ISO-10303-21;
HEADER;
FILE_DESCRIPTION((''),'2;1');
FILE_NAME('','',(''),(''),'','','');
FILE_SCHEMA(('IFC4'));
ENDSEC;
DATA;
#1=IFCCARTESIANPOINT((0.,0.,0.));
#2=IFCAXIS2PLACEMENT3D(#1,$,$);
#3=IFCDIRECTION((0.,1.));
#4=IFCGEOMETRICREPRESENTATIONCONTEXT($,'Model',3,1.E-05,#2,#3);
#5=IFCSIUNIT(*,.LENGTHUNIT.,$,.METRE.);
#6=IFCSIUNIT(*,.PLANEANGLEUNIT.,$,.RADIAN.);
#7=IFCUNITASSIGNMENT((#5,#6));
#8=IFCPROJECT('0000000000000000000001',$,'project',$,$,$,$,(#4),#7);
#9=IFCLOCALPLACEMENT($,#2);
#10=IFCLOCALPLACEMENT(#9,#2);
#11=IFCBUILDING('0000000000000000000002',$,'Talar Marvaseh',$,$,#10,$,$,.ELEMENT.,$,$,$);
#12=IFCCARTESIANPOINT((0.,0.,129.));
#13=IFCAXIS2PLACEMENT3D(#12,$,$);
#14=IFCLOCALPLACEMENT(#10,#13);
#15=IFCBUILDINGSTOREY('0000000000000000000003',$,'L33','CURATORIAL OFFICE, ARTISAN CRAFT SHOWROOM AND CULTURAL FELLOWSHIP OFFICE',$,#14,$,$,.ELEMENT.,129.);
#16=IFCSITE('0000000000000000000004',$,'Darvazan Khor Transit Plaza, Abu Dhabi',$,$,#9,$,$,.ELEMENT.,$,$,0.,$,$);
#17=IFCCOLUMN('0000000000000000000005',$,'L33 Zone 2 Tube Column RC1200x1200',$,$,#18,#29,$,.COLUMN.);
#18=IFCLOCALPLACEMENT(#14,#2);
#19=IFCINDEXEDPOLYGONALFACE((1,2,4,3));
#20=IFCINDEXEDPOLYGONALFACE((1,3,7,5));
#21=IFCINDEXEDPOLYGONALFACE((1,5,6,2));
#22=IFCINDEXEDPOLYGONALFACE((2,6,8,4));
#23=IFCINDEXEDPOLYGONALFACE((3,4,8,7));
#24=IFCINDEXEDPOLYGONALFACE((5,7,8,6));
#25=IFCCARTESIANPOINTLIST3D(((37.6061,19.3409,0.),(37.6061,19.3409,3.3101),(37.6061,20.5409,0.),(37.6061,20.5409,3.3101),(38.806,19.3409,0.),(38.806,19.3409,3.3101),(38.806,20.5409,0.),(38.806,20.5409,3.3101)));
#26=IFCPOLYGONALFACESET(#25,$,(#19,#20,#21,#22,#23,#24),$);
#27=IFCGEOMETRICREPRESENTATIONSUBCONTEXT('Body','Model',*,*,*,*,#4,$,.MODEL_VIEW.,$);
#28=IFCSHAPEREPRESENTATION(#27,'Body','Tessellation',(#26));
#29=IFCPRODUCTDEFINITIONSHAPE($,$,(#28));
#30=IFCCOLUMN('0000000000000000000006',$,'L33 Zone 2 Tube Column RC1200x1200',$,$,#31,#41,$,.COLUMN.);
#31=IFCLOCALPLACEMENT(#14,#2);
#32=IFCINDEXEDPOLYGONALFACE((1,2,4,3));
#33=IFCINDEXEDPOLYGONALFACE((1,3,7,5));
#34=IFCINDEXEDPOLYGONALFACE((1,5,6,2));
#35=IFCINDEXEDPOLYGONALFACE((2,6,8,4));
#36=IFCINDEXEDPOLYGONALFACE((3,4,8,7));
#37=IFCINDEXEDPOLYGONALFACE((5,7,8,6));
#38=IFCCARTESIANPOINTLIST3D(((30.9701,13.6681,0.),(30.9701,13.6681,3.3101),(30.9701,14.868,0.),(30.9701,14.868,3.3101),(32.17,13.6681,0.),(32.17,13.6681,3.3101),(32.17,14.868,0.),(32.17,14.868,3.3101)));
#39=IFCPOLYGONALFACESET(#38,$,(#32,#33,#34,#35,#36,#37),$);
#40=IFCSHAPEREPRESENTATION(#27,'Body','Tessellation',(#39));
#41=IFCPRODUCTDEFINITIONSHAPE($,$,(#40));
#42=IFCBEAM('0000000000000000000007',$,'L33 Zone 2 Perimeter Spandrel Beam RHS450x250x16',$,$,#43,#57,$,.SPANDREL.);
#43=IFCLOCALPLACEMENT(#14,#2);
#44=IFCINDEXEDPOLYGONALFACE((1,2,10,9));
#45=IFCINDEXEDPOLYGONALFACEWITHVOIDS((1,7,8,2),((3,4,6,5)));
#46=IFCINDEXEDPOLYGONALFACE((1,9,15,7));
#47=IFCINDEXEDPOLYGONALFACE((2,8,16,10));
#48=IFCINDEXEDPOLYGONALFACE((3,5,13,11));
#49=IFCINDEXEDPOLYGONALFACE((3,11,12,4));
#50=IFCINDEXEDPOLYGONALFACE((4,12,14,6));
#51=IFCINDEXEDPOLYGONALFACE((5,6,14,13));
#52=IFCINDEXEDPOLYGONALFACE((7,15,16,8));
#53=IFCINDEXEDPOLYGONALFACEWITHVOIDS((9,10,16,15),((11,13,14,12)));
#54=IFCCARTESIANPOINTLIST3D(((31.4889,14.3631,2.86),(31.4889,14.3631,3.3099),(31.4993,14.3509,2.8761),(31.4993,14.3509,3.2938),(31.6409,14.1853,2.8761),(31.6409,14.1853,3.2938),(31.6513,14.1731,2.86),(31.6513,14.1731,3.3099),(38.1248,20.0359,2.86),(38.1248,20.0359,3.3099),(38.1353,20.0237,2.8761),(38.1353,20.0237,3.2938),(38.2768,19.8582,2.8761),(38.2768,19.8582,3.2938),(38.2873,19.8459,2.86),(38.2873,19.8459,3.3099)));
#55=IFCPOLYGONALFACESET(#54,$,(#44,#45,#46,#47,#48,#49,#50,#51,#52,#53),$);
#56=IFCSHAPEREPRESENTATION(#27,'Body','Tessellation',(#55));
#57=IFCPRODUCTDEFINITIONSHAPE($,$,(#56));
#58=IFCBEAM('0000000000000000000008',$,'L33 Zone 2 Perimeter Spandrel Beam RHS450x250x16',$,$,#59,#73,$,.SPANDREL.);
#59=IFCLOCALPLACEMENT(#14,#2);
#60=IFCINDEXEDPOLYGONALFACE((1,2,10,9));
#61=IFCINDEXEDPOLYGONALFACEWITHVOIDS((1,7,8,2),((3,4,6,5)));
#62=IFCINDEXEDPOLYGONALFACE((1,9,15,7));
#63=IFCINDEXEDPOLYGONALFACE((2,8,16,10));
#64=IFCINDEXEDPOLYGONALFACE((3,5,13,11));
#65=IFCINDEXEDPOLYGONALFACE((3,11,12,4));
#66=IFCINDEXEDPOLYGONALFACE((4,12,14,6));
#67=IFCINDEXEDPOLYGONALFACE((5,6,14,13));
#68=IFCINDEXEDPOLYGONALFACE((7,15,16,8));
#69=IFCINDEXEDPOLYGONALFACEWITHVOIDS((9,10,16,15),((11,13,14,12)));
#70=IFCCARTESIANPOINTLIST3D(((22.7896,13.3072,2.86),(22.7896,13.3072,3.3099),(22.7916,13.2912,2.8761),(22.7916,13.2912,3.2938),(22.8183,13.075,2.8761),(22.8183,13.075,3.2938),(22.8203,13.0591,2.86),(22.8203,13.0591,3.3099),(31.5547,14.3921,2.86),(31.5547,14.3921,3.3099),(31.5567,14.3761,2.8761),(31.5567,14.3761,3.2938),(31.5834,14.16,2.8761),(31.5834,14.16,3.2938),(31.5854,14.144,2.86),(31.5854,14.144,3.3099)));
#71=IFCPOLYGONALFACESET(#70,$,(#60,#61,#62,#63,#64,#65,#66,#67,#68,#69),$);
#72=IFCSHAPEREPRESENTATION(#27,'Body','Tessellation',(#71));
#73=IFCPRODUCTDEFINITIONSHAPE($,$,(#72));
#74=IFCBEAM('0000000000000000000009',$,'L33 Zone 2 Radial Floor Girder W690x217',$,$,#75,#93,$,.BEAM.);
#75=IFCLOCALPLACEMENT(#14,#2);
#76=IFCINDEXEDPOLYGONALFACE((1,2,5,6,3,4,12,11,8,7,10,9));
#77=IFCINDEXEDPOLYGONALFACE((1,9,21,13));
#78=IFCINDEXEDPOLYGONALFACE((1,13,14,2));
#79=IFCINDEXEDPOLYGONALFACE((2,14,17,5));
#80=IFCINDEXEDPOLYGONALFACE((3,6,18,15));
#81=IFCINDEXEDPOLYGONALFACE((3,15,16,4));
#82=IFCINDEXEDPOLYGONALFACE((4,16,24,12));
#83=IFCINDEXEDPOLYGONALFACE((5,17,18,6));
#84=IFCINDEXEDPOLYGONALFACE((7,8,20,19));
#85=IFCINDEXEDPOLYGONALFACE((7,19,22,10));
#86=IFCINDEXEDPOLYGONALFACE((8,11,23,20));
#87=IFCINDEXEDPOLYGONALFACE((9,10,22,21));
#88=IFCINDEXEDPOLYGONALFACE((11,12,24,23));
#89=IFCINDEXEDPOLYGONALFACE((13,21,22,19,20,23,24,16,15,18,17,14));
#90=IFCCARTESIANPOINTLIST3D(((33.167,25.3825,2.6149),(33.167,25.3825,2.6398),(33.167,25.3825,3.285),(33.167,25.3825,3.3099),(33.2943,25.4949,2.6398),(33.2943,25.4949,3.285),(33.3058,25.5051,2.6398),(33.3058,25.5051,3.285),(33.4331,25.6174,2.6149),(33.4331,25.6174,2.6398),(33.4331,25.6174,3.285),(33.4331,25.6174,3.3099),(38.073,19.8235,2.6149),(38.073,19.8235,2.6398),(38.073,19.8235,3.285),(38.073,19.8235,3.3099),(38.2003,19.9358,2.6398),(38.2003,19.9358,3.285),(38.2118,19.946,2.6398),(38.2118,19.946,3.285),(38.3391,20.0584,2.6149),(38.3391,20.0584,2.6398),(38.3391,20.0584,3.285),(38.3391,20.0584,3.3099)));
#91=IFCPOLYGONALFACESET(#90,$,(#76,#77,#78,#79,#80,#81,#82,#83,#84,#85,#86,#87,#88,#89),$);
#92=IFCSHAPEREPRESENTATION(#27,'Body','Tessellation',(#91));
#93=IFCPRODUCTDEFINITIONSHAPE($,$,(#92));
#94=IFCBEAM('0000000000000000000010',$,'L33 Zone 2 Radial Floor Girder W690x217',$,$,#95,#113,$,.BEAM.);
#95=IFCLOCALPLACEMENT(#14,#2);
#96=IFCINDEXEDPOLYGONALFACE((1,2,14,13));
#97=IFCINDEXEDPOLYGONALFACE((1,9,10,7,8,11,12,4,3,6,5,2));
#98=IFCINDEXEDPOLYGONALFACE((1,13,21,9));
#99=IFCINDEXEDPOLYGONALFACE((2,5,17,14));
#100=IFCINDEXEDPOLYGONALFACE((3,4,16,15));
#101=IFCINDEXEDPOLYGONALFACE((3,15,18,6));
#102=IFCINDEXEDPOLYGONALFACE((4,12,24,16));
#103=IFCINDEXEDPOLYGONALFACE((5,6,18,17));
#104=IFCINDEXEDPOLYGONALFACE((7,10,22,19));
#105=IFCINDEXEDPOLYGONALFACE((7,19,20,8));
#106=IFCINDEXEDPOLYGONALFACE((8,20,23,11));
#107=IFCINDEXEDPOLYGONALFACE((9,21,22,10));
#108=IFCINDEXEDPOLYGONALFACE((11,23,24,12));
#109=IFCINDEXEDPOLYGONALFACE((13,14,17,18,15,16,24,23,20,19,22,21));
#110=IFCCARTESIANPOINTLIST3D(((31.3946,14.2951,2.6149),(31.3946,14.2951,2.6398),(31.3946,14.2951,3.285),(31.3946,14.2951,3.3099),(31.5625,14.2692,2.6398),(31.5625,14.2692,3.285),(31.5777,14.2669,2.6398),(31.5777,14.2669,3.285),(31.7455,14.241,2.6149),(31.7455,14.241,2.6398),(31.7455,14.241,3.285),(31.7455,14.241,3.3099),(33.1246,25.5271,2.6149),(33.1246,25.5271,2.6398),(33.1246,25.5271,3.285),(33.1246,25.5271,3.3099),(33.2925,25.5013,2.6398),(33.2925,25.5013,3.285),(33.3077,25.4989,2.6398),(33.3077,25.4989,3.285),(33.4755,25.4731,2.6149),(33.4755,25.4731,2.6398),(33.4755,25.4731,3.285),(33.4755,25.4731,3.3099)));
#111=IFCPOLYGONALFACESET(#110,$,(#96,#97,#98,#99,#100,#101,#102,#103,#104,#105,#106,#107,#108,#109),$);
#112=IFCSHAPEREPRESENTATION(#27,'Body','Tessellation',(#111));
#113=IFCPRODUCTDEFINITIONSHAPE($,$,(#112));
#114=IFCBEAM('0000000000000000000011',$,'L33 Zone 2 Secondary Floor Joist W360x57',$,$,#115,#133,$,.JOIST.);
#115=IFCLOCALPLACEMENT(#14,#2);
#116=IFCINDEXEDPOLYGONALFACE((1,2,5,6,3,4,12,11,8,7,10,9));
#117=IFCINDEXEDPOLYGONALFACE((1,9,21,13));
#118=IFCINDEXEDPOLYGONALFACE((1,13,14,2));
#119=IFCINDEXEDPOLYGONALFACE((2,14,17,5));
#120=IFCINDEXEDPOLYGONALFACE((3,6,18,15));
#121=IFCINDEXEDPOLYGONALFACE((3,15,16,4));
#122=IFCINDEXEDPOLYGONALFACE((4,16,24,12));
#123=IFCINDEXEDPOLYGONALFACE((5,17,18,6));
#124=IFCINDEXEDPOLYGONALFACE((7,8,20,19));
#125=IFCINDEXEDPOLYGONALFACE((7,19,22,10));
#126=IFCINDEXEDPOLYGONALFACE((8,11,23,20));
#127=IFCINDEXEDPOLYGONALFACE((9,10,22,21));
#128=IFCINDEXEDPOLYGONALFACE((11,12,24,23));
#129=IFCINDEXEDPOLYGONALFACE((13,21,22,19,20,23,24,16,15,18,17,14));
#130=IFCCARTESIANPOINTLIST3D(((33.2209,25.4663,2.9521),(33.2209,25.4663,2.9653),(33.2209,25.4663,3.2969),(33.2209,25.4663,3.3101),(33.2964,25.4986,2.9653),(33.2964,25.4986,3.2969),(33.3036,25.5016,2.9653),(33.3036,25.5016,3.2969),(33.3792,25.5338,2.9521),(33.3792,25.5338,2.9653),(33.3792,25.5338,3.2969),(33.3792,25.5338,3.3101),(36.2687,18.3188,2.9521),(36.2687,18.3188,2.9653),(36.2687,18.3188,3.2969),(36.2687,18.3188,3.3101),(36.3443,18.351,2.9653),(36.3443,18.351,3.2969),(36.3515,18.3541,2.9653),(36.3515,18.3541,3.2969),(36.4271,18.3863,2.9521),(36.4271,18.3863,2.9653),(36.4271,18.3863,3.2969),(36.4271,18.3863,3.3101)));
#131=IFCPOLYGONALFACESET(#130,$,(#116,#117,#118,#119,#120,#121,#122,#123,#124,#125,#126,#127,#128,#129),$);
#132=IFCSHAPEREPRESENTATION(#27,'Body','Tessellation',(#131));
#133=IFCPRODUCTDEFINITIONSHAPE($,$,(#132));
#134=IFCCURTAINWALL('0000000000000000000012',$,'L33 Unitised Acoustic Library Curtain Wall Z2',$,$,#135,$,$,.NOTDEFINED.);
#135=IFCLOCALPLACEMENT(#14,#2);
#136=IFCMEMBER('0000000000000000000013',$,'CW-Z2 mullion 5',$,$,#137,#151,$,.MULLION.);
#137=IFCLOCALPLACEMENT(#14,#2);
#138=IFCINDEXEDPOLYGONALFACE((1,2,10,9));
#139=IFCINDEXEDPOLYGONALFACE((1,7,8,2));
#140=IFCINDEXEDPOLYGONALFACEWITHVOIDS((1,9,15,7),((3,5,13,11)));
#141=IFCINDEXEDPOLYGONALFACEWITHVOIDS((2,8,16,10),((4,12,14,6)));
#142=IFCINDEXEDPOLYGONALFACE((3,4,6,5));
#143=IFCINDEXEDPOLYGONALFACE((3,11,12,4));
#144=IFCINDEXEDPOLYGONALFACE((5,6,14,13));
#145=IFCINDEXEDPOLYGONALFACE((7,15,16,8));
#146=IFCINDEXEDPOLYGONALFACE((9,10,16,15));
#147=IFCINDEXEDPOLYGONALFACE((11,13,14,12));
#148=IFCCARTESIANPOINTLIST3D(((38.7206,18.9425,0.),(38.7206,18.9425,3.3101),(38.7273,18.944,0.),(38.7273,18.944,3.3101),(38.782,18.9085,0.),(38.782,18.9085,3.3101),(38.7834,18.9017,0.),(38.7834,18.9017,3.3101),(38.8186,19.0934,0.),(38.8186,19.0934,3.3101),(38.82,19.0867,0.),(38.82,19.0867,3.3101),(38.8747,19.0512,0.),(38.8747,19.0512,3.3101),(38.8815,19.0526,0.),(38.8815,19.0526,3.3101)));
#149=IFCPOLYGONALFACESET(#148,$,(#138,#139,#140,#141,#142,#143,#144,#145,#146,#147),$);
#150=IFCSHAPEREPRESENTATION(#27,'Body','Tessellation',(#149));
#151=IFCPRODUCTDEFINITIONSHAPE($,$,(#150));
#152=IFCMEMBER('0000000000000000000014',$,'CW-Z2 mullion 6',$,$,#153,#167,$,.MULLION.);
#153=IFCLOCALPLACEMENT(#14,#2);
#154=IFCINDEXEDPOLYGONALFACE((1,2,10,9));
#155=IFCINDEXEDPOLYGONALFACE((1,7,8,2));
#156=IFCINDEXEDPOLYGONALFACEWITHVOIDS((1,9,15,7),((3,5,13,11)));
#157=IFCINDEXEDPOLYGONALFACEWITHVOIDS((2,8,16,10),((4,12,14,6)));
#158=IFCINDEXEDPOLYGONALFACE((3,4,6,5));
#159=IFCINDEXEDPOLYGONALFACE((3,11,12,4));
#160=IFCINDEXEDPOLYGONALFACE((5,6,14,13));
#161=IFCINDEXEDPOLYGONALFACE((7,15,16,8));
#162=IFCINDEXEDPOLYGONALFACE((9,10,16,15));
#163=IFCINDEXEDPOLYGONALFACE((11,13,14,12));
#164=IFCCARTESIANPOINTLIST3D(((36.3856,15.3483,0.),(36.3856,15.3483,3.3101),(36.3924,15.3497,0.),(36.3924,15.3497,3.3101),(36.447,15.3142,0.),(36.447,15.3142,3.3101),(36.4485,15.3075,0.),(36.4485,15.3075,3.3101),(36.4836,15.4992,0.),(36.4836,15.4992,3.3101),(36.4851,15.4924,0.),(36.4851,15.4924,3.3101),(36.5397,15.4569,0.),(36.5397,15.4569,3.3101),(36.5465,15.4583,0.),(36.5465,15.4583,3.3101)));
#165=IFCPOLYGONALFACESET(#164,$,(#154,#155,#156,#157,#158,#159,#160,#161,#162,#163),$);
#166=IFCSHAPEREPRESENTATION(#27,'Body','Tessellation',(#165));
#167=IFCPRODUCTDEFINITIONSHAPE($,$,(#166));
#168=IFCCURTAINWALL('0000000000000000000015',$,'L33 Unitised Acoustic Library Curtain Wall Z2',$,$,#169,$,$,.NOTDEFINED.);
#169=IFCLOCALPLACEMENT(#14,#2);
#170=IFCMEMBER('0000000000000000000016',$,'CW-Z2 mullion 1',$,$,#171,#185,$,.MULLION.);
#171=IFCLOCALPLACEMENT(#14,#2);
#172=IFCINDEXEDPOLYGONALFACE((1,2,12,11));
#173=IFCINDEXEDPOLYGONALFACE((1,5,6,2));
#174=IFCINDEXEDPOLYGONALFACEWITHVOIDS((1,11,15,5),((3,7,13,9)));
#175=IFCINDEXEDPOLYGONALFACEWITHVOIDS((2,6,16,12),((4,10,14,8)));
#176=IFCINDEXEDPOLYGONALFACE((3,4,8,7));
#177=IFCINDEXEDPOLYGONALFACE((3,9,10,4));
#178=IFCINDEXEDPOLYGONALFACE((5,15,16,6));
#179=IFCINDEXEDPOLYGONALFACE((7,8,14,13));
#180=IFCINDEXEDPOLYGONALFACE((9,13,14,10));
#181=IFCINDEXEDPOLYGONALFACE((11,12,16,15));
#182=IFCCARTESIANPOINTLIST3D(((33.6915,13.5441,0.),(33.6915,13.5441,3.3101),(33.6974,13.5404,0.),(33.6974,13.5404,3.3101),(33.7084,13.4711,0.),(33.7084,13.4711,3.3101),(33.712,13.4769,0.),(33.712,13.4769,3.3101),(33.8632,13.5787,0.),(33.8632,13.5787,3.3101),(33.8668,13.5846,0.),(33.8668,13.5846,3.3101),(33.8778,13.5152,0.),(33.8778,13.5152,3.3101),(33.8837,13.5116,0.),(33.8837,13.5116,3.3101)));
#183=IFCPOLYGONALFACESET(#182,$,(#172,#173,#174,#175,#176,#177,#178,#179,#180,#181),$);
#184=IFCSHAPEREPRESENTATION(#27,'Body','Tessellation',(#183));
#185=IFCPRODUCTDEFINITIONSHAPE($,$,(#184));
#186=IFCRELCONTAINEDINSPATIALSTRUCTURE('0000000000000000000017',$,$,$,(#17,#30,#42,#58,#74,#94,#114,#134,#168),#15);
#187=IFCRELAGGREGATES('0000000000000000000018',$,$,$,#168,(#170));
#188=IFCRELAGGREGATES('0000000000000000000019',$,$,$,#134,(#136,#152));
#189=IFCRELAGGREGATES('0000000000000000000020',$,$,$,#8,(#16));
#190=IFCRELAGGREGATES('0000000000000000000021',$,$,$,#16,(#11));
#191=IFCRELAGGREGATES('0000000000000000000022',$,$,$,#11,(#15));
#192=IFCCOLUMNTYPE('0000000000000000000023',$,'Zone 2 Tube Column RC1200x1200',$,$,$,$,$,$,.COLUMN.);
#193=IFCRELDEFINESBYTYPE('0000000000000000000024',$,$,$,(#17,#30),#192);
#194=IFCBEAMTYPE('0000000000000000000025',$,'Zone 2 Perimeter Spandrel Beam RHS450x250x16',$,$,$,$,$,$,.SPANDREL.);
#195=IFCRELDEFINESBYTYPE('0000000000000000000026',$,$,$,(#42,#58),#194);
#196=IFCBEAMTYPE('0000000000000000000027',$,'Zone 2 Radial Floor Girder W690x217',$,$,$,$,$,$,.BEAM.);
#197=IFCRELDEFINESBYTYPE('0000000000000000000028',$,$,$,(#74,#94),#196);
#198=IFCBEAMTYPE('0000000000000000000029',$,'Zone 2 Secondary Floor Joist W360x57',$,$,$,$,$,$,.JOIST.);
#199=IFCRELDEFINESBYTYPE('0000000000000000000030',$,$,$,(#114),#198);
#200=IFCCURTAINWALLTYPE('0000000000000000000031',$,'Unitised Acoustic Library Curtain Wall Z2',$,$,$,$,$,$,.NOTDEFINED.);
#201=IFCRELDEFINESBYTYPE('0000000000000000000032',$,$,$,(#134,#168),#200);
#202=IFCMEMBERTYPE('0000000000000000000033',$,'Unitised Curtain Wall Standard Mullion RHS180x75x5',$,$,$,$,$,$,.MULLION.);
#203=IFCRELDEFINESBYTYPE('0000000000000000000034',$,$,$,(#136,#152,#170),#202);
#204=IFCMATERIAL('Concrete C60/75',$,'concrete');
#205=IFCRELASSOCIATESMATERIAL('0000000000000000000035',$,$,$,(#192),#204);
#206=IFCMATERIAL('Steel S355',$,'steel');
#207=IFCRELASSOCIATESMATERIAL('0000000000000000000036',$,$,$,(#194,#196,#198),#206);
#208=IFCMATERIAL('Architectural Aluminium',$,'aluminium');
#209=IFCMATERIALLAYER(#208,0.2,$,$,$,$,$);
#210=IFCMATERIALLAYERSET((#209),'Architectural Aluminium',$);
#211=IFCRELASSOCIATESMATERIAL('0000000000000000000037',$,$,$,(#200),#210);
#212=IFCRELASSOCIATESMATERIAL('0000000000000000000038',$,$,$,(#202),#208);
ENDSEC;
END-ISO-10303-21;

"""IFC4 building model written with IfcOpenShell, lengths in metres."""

from ifc_helpers import new_model, si_unit, direction, frame, origin, origin_2d, place, context, subcontext, project, spatial, rectangle, hollow_rectangle, i_section, extrude, source, transform, mapped, material, layer, layer_set, material_profile, profile_set, type_object, type_shapes, element, aggregate, save


model = new_model("IFC4")

# Units and contexts
model_context = context("Model", 3, precision=1e-05, world=origin(), true_north=direction((0.0, 1.0)))
body_context = subcontext(model_context, "Body", "Model", "MODEL_VIEW")
ifc_project = project(units=[si_unit("LENGTHUNIT", "METRE"), si_unit("PLANEANGLEUNIT", "RADIAN")], contexts=[model_context])

# Site, building, storey
site_placement = place(None, origin())
site = spatial("IfcSite", under=ifc_project, at=site_placement, Name="Darvazan Khor Transit Plaza, Abu Dhabi", CompositionType="ELEMENT", RefElevation=0.0)
building_placement = place(site_placement, origin())
building = spatial("IfcBuilding", under=site, at=building_placement, Name="Talar Marvaseh", CompositionType="ELEMENT")
storey_placement = place(building_placement, frame((0.0, 0.0, 129.0)))
storey = spatial("IfcBuildingStorey", under=building, at=storey_placement, Name="L33", Description="CURATORIAL OFFICE, ARTISAN CRAFT SHOWROOM AND CULTURAL FELLOWSHIP OFFICE", CompositionType="ELEMENT", Elevation=129.0)

# Columns
ifc_material_1 = material(Name="Concrete C60/75", Category="concrete")
ifc_material_profile_1 = material_profile(ifc_material_1, rectangle(XDim=1.2, YDim=1.2, at=origin_2d()), Name="RC1200x1200")
ifc_profile_set_1 = profile_set([ifc_material_profile_1], Name="Concrete C60/75")
column_type = type_object("IfcColumnType", Name="Zone 2 Tube Column RC1200x1200", PredefinedType="COLUMN", material=ifc_profile_set_1)
for number, where, z_axis, x_axis, name in (
    (1, (38.2061, 19.9409, 0.0), (0.0, 0.0, 1.0), (1.0, 0.0, 0.0), "L33 Zone 2 Tube Column RC1200x1200"),
    (2, (31.5701, 14.2681, 0.0), (0.0, 0.0, 1.0), (1.0, 0.0, 0.0), "L33 Zone 2 Tube Column RC1200x1200"),
):
    element("IfcColumn", number, at=place(storey_placement, frame(where, z_axis=z_axis, x_axis=x_axis)), inside=storey, type_object=column_type, Name=name, PredefinedType="COLUMN", context=body_context, shape_type="SweptSolid", body=[
        extrude(rectangle(XDim=1.2, YDim=1.2, at=origin_2d()), origin(), (0.0, 0.0, 1.0), 3.3101),
    ])

# Beams
ifc_material_2 = material(Name="Steel S355", Category="steel")
ifc_material_profile_2 = material_profile(ifc_material_2, hollow_rectangle(XDim=0.25, YDim=0.45, WallThickness=0.0161, at=origin_2d()), Name="RHS450x250x16")
ifc_profile_set_2 = profile_set([ifc_material_profile_2], Name="Steel S355")
beam_type_1 = type_object("IfcBeamType", Name="Zone 2 Perimeter Spandrel Beam RHS450x250x16", PredefinedType="SPANDREL", material=ifc_profile_set_2)
beam_1_placement = place(storey_placement, frame((38.2061, 19.9409, 3.085), z_axis=(-0.760113, -0.649791, 0.0), x_axis=(0.649791, -0.760113, 0.0)))
element("IfcBeam", 3, at=beam_1_placement, inside=storey, type_object=beam_type_1, Name="L33 Zone 2 Perimeter Spandrel Beam RHS450x250x16", PredefinedType="SPANDREL", context=body_context, shape_type="SweptSolid", body=[
    extrude(hollow_rectangle(XDim=0.25, YDim=0.45, WallThickness=0.0161, at=origin_2d()), origin(), (0.0, 0.0, 1.0), 8.7302),
])
beam_2_placement = place(storey_placement, frame((31.5701, 14.2681, 3.085), z_axis=(-0.992426, -0.122844, 0.0), x_axis=(0.122844, -0.992426, 0.0)))
element("IfcBeam", 4, at=beam_2_placement, inside=storey, type_object=beam_type_1, Name="L33 Zone 2 Perimeter Spandrel Beam RHS450x250x16", PredefinedType="SPANDREL", context=body_context, shape_type="SweptSolid", body=[
    extrude(hollow_rectangle(XDim=0.25, YDim=0.45, WallThickness=0.0161, at=origin_2d()), origin(), (0.0, 0.0, 1.0), 8.832),
])
ifc_material_profile_3 = material_profile(ifc_material_2, i_section(OverallWidth=0.355, OverallDepth=0.6951, WebThickness=0.0154, FlangeThickness=0.0249, at=origin_2d()), Name="W690x217")
ifc_profile_set_3 = profile_set([ifc_material_profile_3], Name="Steel S355")
beam_type_2 = type_object("IfcBeamType", Name="Zone 2 Radial Floor Girder W690x217", PredefinedType="BEAM", material=ifc_profile_set_3)
beam_3_placement = place(storey_placement, frame((38.2061, 19.9409, 2.9624), z_axis=(-0.661692, 0.749775, 0.0), x_axis=(-0.749775, -0.661692, 0.0)))
element("IfcBeam", 5, at=beam_3_placement, inside=storey, type_object=beam_type_2, Name="L33 Zone 2 Radial Floor Girder W690x217", PredefinedType="BEAM", context=body_context, shape_type="SweptSolid", body=[
    extrude(i_section(OverallWidth=0.355, OverallDepth=0.6951, WebThickness=0.0154, FlangeThickness=0.0249, at=origin_2d()), origin(), (0.0, 0.0, 1.0), 7.4143),
])
beam_4_placement = place(storey_placement, frame((31.5701, 14.2681, 2.9624), z_axis=(0.152228, 0.988345, 0.0), x_axis=(-0.988345, 0.152228, 0.0)))
element("IfcBeam", 6, at=beam_4_placement, inside=storey, type_object=beam_type_2, Name="L33 Zone 2 Radial Floor Girder W690x217", PredefinedType="BEAM", context=body_context, shape_type="SweptSolid", body=[
    extrude(i_section(OverallWidth=0.355, OverallDepth=0.6951, WebThickness=0.0154, FlangeThickness=0.0249, at=origin_2d()), origin(), (0.0, 0.0, 1.0), 11.3645),
])
ifc_material_profile_4 = material_profile(ifc_material_2, i_section(OverallWidth=0.1721, OverallDepth=0.3579, WebThickness=0.0078, FlangeThickness=0.0132, at=origin_2d()), Name="W360x57")
ifc_profile_set_4 = profile_set([ifc_material_profile_4], Name="Steel S355")
beam_type_3 = type_object("IfcBeamType", Name="Zone 2 Secondary Floor Joist W360x57", PredefinedType="JOIST", material=ifc_profile_set_4)
beam_5_placement = place(storey_placement, frame((36.3479, 18.3525, 3.1311), z_axis=(-0.39225, 0.919859, 0.0), x_axis=(-0.919859, -0.39225, 0.0)))
element("IfcBeam", 7, at=beam_5_placement, inside=storey, type_object=beam_type_3, Name="L33 Zone 2 Secondary Floor Joist W360x57", PredefinedType="JOIST", context=body_context, shape_type="SweptSolid", body=[
    extrude(i_section(OverallWidth=0.1721, OverallDepth=0.3579, WebThickness=0.0078, FlangeThickness=0.0132, at=origin_2d()), origin(), (0.0, 0.0, 1.0), 7.7703),
])

# Curtain walls, members
ifc_material_3 = material(Name="Architectural Aluminium", Category="aluminium")
ifc_layer_1 = layer(ifc_material_3, 0.2)
ifc_layer_set_1 = layer_set([ifc_layer_1], Name="Architectural Aluminium")
curtain_wall_type = type_object("IfcCurtainWallType", Name="Unitised Acoustic Library Curtain Wall Z2", PredefinedType="NOTDEFINED", material=ifc_layer_set_1)
curtain_wall_1_placement = place(storey_placement, origin())
curtain_wall_1 = element("IfcCurtainWall", 8, at=curtain_wall_1_placement, inside=storey, type_object=curtain_wall_type, Name="L33 Unitised Acoustic Library Curtain Wall Z2", PredefinedType="NOTDEFINED")
ifc_material_profile_5 = material_profile(ifc_material_3, hollow_rectangle(XDim=0.075, YDim=0.1799, WallThickness=0.0049, at=origin_2d()), Name="RHS180x75x5")
ifc_profile_set_5 = profile_set([ifc_material_profile_5], Name="Architectural Aluminium")
member_type_1 = type_object("IfcMemberType", Name="Unitised Curtain Wall Standard Mullion RHS180x75x5", PredefinedType="MULLION", material=ifc_profile_set_5)
shared_shape_1 = source(origin(), body_context, "Body", "SweptSolid", [
    extrude(hollow_rectangle(XDim=0.075, YDim=0.1799, WallThickness=0.0049, at=origin_2d()), origin(), (0.0, 0.0, 1.0), 3.3101),
])
type_shapes(member_type_1, [shared_shape_1])
member_1_placement = place(storey_placement, frame((38.801, 18.9976, 0.0), z_axis=(0.0, 0.0, 1.0), x_axis=(0.838586, -0.544769, 0.0)))
member_1 = element("IfcMember", 9, at=member_1_placement, type_object=member_type_1, Name="CW-Z2 mullion 5", PredefinedType="MULLION", context=body_context, shape_type="MappedRepresentation", body=[
    mapped(shared_shape_1, transform((0.0, 0.0, 0.0), x_axis=(1.0, 0.0, 0.0), y_axis=(0.0, 1.0, 0.0), z_axis=(0.0, 0.0, 1.0), scale=1.0)),
])
member_2_placement = place(storey_placement, frame((36.4661, 15.4033, 0.0), z_axis=(0.0, 0.0, 1.0), x_axis=(0.838586, -0.544769, 0.0)))
member_2 = element("IfcMember", 10, at=member_2_placement, type_object=member_type_1, Name="CW-Z2 mullion 6", PredefinedType="MULLION", context=body_context, shape_type="MappedRepresentation", body=[
    mapped(shared_shape_1, transform((0.0, 0.0, 0.0), x_axis=(1.0, 0.0, 0.0), y_axis=(0.0, 1.0, 0.0), z_axis=(0.0, 0.0, 1.0), scale=1.0)),
])
curtain_wall_2_placement = place(storey_placement, origin())
curtain_wall_2 = element("IfcCurtainWall", 11, at=curtain_wall_2_placement, inside=storey, type_object=curtain_wall_type, Name="L33 Unitised Acoustic Library Curtain Wall Z2", PredefinedType="NOTDEFINED")
member_3_placement = place(storey_placement, frame((33.7876, 13.5278, 0.0), z_axis=(0.0, 0.0, 1.0), x_axis=(0.225103, -0.974335, 0.0)))
member_3 = element("IfcMember", 12, at=member_3_placement, type_object=member_type_1, Name="CW-Z2 mullion 1", PredefinedType="MULLION", context=body_context, shape_type="MappedRepresentation", body=[
    mapped(shared_shape_1, transform((0.0, 0.0, 0.0), x_axis=(1.0, 0.0, 0.0), y_axis=(0.0, 1.0, 0.0), z_axis=(0.0, 0.0, 1.0), scale=1.0)),
])

aggregate(curtain_wall_2, [member_3])
aggregate(curtain_wall_1, [member_1, member_2])

save(model, "model.ifc")
